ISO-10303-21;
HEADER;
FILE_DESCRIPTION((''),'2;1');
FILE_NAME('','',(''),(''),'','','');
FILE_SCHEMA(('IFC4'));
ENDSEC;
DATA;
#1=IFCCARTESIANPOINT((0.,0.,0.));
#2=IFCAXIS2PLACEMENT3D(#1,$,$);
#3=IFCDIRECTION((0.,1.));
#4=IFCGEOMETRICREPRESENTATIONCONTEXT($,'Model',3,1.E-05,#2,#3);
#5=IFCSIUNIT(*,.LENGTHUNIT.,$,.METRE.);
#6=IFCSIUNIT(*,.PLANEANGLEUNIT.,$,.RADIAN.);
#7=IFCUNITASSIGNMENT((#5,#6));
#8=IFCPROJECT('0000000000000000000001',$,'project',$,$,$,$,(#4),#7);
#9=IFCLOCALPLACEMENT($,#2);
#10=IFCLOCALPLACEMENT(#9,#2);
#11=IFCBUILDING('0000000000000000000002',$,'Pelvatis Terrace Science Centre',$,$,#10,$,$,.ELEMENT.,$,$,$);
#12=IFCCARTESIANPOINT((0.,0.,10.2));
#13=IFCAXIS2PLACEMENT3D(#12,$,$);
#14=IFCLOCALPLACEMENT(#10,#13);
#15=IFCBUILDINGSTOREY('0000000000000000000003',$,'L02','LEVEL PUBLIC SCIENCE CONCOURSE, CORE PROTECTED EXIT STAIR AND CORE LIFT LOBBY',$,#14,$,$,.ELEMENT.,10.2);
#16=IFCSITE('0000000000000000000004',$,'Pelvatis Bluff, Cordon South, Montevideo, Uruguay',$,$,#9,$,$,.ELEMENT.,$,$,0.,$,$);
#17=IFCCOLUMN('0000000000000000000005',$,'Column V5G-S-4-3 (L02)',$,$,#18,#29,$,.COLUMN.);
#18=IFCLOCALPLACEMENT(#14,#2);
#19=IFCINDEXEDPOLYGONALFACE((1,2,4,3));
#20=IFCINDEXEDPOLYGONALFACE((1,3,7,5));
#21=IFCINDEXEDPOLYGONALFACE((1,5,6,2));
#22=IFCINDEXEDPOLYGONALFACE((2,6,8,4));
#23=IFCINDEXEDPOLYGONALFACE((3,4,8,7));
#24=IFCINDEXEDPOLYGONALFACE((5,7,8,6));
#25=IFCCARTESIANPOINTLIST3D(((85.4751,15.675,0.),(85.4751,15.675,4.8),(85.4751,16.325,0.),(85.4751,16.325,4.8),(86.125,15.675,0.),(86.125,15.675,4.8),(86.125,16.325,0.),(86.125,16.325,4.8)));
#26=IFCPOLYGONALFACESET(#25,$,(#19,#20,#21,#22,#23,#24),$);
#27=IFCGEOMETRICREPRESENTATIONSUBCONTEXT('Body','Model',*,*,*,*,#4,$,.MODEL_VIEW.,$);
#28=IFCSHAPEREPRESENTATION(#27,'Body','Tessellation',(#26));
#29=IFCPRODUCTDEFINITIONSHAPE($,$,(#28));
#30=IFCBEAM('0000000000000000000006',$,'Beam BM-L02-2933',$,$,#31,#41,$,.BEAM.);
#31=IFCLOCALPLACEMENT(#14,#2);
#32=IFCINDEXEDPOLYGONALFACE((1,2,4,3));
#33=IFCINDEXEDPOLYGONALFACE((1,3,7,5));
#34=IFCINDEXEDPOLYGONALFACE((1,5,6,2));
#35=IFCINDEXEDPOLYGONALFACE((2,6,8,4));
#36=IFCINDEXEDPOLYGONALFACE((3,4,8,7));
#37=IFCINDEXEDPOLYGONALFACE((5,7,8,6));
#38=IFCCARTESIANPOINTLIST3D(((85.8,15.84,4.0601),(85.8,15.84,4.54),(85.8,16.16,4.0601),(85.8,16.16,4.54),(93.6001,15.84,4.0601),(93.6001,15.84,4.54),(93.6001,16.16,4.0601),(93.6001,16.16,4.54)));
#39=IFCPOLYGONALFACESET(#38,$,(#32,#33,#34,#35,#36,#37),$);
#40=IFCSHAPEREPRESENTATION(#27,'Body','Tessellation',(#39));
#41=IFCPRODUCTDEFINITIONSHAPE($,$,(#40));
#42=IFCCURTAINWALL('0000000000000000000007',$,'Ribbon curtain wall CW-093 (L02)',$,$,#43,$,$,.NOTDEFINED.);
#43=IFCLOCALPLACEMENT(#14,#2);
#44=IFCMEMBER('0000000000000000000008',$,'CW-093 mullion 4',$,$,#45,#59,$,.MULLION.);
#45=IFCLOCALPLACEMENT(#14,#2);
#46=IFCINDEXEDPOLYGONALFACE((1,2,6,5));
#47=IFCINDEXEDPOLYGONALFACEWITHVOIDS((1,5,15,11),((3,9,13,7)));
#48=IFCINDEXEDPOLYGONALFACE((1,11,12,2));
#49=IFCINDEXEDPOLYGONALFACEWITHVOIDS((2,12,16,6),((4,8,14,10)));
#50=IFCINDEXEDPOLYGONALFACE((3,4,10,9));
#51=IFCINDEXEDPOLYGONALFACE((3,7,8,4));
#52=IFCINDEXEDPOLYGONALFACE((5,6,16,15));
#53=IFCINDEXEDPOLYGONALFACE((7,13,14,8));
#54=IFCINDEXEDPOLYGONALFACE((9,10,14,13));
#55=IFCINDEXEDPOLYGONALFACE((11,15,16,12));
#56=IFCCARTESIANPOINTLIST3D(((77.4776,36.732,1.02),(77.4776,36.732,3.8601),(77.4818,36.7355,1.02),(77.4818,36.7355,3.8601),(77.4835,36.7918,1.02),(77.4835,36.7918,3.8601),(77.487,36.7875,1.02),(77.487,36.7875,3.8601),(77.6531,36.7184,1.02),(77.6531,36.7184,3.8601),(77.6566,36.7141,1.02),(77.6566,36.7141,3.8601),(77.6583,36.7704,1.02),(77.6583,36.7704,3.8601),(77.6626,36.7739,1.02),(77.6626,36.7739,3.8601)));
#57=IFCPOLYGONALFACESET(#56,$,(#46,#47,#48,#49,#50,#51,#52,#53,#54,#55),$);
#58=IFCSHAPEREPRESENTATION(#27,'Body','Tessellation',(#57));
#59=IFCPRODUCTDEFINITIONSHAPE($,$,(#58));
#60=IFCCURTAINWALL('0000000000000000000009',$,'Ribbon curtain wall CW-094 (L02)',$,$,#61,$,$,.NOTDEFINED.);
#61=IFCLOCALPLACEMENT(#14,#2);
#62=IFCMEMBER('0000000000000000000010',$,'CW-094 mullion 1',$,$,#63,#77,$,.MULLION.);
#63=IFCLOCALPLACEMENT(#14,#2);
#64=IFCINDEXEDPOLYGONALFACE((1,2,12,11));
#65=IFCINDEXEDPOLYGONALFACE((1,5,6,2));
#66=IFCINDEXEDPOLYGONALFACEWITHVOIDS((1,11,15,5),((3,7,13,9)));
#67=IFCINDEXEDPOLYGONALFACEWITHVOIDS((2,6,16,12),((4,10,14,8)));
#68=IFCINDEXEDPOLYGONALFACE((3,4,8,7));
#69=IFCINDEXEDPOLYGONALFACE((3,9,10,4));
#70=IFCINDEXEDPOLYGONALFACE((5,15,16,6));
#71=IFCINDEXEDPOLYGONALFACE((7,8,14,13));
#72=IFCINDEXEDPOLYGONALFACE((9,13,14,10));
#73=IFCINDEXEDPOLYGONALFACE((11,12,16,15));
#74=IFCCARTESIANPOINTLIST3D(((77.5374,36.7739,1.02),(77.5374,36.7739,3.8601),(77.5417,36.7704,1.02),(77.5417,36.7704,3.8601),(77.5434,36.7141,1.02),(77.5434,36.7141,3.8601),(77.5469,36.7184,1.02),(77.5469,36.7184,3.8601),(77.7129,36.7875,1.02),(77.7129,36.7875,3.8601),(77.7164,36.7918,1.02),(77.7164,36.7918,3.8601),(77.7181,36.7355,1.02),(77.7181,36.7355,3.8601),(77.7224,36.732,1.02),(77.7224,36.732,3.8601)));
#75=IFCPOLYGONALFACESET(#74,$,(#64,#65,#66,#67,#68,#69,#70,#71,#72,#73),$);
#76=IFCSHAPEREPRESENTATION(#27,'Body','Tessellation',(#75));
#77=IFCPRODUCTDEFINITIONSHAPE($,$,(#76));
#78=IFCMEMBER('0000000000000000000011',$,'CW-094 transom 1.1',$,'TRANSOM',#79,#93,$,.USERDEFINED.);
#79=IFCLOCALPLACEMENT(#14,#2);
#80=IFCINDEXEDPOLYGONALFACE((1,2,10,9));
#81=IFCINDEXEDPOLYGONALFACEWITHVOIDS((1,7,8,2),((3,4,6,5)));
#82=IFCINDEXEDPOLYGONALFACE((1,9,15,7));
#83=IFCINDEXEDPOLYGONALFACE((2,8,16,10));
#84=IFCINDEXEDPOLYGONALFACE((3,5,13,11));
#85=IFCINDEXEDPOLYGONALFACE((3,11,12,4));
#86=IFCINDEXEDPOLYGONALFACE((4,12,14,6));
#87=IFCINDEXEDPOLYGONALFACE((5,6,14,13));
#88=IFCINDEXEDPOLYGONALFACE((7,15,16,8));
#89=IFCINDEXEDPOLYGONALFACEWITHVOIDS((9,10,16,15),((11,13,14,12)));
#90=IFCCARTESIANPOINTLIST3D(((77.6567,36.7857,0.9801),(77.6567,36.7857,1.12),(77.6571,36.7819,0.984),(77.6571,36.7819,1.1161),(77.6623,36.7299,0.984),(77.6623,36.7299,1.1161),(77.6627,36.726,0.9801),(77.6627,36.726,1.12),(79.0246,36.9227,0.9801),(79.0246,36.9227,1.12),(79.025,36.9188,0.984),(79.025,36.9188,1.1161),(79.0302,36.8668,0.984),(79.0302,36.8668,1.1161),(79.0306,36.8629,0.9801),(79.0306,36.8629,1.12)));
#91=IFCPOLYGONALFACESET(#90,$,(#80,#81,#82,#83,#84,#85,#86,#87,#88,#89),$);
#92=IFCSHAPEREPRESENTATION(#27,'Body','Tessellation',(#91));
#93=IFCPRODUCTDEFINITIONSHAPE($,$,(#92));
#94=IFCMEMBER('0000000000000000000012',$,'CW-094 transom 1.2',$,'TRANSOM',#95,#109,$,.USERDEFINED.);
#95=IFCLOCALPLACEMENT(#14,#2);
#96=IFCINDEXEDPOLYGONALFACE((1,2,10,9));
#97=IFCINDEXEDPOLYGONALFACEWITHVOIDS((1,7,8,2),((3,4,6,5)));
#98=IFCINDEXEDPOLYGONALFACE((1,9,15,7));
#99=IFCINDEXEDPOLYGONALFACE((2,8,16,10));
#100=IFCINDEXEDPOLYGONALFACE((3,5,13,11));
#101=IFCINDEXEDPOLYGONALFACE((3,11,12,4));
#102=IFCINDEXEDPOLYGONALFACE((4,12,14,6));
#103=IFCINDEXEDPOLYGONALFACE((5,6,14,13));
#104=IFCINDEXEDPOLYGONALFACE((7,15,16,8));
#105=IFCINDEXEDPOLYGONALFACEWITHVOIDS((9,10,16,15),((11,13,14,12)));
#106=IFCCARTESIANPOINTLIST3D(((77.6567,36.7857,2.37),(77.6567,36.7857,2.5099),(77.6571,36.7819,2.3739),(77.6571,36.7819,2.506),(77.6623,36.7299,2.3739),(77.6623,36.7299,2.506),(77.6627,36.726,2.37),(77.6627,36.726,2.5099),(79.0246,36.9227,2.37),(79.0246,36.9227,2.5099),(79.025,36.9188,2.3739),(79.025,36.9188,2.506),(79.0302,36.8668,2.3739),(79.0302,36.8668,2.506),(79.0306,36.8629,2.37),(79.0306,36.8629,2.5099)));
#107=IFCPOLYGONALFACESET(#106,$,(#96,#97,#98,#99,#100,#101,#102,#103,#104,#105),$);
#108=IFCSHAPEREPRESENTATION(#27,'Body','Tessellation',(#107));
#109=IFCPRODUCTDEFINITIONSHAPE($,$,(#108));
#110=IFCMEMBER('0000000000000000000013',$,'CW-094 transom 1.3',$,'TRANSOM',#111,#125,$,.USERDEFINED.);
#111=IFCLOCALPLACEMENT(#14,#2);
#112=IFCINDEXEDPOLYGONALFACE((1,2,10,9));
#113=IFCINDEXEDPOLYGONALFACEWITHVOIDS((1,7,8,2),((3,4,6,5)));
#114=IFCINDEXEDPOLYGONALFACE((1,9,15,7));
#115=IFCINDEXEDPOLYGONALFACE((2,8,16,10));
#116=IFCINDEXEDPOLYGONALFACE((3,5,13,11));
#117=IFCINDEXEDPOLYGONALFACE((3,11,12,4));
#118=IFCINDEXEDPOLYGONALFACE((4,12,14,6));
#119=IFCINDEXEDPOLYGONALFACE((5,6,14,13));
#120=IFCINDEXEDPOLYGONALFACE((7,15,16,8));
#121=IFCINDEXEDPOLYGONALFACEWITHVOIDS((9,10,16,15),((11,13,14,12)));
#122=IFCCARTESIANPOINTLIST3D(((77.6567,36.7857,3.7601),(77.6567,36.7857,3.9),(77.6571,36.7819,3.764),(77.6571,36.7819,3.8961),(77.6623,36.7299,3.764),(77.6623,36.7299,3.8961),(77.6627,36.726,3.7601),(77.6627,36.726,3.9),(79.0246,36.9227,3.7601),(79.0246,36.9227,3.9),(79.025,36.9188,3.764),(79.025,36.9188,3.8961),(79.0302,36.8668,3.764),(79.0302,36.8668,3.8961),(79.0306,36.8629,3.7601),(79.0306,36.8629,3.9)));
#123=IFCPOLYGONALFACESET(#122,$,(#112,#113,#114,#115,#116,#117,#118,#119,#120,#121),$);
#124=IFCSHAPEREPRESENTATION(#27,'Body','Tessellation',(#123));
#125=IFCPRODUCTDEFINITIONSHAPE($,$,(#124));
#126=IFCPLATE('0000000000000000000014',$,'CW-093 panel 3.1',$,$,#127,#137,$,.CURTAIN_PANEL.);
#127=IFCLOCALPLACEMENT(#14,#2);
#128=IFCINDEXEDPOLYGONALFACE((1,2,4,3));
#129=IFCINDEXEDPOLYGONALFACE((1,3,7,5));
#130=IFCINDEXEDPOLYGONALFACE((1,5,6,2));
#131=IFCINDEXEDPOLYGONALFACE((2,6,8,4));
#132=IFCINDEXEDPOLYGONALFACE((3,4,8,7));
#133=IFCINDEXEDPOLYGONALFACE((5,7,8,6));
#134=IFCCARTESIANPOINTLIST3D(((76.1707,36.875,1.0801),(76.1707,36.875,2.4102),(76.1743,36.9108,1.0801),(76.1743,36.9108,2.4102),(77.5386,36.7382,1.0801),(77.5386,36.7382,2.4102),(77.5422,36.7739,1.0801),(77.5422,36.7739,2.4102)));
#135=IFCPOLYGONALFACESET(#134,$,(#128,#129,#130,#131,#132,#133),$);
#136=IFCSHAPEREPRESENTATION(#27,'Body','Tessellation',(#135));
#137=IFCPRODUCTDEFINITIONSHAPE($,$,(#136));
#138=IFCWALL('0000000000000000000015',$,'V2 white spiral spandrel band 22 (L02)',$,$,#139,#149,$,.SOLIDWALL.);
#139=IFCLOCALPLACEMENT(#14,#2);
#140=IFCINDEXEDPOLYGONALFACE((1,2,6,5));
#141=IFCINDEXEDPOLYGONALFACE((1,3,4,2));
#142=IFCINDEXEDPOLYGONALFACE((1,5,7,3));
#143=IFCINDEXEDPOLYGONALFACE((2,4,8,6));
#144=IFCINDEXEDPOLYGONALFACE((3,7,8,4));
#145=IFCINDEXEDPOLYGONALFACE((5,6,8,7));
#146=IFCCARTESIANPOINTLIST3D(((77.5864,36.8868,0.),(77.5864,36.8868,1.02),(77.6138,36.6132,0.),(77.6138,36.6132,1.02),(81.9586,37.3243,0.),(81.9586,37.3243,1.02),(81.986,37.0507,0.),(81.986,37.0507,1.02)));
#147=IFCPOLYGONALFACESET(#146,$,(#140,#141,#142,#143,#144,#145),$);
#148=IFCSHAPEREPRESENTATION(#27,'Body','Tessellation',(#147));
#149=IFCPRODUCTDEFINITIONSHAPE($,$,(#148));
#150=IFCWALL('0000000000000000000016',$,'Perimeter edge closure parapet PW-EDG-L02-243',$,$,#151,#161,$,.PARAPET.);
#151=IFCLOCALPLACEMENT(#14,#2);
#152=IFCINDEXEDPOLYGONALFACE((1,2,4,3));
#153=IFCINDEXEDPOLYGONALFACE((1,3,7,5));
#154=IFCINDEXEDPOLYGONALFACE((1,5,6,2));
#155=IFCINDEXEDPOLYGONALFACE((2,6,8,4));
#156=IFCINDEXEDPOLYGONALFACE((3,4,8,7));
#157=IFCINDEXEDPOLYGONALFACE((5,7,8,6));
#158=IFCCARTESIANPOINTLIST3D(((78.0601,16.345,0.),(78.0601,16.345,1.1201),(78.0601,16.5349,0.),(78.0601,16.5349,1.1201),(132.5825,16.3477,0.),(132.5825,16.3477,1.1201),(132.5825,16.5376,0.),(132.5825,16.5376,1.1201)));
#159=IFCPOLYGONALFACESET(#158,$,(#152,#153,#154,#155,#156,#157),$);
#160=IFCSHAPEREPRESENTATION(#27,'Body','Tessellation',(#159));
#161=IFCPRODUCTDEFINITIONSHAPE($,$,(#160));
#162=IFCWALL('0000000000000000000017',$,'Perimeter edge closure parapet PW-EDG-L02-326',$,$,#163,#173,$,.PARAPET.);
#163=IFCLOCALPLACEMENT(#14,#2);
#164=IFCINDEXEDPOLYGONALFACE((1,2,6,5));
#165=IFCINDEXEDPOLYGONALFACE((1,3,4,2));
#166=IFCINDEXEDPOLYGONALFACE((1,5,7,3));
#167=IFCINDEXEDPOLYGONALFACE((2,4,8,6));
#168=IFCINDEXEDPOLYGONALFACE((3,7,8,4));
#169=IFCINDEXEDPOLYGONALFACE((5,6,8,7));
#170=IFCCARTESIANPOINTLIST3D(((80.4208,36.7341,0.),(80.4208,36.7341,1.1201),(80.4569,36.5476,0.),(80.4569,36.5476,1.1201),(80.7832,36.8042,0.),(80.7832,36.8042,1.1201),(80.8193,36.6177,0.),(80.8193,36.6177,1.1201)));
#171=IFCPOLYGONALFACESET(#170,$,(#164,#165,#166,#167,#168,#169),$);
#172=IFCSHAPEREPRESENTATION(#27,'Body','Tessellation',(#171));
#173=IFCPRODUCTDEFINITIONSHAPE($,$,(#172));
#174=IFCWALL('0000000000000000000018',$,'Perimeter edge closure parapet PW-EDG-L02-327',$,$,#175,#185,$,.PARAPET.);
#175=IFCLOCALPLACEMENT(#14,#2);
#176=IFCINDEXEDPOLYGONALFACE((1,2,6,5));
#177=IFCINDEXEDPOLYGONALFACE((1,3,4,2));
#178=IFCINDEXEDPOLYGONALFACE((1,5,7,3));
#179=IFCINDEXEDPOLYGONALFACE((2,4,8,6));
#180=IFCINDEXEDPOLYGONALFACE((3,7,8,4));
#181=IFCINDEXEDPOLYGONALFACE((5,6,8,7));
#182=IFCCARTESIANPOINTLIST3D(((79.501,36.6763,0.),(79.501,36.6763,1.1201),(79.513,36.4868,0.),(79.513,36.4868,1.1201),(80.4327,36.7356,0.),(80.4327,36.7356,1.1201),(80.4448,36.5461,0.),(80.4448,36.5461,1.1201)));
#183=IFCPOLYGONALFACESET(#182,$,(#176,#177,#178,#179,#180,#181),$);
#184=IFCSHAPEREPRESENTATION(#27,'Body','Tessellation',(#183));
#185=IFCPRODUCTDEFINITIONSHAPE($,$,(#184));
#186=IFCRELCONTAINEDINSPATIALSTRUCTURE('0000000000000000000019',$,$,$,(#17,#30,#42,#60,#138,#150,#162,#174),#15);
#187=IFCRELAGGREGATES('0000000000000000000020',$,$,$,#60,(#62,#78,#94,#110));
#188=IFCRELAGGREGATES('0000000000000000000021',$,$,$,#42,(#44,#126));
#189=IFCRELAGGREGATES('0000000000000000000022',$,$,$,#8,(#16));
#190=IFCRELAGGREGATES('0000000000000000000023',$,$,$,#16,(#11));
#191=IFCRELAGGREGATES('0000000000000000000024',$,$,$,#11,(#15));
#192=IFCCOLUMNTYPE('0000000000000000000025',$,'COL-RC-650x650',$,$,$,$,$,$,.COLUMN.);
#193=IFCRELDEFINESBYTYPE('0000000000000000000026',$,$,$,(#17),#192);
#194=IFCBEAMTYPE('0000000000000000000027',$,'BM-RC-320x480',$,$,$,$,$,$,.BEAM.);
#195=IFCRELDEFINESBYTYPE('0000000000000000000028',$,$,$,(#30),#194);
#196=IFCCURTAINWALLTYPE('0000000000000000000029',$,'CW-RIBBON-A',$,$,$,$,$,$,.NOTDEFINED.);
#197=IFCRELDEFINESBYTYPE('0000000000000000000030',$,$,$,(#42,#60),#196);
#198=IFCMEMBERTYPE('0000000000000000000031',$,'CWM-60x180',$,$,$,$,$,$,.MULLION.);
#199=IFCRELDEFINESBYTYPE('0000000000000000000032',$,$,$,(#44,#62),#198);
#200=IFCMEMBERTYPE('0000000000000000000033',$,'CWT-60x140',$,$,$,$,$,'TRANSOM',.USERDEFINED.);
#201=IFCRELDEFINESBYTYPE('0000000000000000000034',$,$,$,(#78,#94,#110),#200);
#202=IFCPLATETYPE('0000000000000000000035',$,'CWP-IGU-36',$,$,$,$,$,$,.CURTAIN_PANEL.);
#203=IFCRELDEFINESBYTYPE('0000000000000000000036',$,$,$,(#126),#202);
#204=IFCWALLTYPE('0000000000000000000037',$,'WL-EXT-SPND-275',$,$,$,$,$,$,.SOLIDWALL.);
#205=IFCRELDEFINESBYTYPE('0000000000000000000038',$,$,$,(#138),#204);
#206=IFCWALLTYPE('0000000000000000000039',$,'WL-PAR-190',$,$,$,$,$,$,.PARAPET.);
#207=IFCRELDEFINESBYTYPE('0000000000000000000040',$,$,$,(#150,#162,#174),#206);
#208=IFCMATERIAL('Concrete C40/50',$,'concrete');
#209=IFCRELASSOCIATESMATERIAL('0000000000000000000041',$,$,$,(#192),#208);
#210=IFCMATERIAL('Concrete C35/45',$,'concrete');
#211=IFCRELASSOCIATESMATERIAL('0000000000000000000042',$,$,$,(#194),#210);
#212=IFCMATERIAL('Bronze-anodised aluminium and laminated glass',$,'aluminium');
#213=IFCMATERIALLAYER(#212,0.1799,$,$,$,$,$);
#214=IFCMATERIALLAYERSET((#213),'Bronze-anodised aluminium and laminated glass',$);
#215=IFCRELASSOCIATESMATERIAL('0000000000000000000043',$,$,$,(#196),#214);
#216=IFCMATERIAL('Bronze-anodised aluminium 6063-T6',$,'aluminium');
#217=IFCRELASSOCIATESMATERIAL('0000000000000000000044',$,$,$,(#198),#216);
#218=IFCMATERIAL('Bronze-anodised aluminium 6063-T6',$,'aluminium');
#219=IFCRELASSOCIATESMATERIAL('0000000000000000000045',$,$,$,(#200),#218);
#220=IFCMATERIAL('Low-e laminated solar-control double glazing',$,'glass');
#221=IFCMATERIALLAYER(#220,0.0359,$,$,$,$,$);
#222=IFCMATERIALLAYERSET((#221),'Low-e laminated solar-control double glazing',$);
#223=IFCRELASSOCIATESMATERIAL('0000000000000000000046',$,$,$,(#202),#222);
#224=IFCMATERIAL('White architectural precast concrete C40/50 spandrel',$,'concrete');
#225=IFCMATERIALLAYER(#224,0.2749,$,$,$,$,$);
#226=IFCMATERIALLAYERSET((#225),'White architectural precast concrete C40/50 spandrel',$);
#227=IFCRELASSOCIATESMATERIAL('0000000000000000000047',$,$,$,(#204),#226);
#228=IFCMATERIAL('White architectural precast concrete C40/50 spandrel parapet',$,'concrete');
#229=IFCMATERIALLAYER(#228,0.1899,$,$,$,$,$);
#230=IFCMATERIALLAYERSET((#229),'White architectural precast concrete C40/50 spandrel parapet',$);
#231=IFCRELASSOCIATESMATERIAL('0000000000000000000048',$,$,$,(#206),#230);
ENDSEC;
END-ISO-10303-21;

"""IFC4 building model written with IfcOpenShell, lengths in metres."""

from ifc_helpers import new_model, si_unit, direction, frame, frame_2d, origin, origin_2d, place, context, subcontext, project, spatial, rectangle, hollow_rectangle, extrude, material, layer, layer_set, material_profile, profile_set, type_object, element, aggregate, save


model = new_model("IFC4")

# Units and contexts
model_context = context("Model", 3, precision=1e-05, world=origin(), true_north=direction((0.0, 1.0)))
body_context = subcontext(model_context, "Body", "Model", "MODEL_VIEW")
ifc_project = project(units=[si_unit("LENGTHUNIT", "METRE"), si_unit("PLANEANGLEUNIT", "RADIAN")], contexts=[model_context])

# Site, building, storey
site_placement = place(None, origin())
site = spatial("IfcSite", under=ifc_project, at=site_placement, Name="Pelvatis Bluff, Cordon South, Montevideo, Uruguay", CompositionType="ELEMENT", RefElevation=0.0)
building_placement = place(site_placement, origin())
building = spatial("IfcBuilding", under=site, at=building_placement, Name="Pelvatis Terrace Science Centre", CompositionType="ELEMENT")
storey_placement = place(building_placement, frame((0.0, 0.0, 10.2)))
storey = spatial("IfcBuildingStorey", under=building, at=storey_placement, Name="L02", Description="LEVEL PUBLIC SCIENCE CONCOURSE, CORE PROTECTED EXIT STAIR AND CORE LIFT LOBBY", CompositionType="ELEMENT", Elevation=10.2)

# Column
ifc_material_1 = material(Name="Concrete C40/50", Category="concrete")
ifc_material_profile_1 = material_profile(ifc_material_1, rectangle(XDim=0.6499, YDim=0.6499, at=origin_2d()), Name="RC-COL 650x650")
ifc_profile_set_1 = profile_set([ifc_material_profile_1], Name="Concrete C40/50")
column_type = type_object("IfcColumnType", Name="COL-RC-650x650", PredefinedType="COLUMN", material=ifc_profile_set_1)
column_placement = place(storey_placement, frame((85.8, 16.0, 0.0), z_axis=(0.0, 0.0, 1.0), x_axis=(1.0, 0.0, 0.0)))
element("IfcColumn", 1, at=column_placement, inside=storey, type_object=column_type, Name="Column V5G-S-4-3 (L02)", PredefinedType="COLUMN", context=body_context, shape_type="SweptSolid", body=[
    extrude(rectangle(XDim=0.6499, YDim=0.6499, at=origin_2d()), origin(), (0.0, 0.0, 1.0), 4.8),
])

# Beam
ifc_material_2 = material(Name="Concrete C35/45", Category="concrete")
ifc_material_profile_2 = material_profile(ifc_material_2, rectangle(XDim=0.3201, YDim=0.48, at=origin_2d()), Name="RC-BM 320x480")
ifc_profile_set_2 = profile_set([ifc_material_profile_2], Name="Concrete C35/45")
beam_type = type_object("IfcBeamType", Name="BM-RC-320x480", PredefinedType="BEAM", material=ifc_profile_set_2)
beam_placement = place(storey_placement, frame((85.8, 16.0, 4.3), z_axis=(1.0, 0.0, 0.0), x_axis=(0.0, 1.0, 0.0)))
element("IfcBeam", 2, at=beam_placement, inside=storey, type_object=beam_type, Name="Beam BM-L02-2933", PredefinedType="BEAM", context=body_context, shape_type="SweptSolid", body=[
    extrude(rectangle(XDim=0.3201, YDim=0.48, at=origin_2d()), origin(), (0.0, 0.0, 1.0), 7.8),
])

# Curtain wall, member
ifc_material_3 = material(Name="Bronze-anodised aluminium and laminated glass", Category="aluminium")
ifc_layer_1 = layer(ifc_material_3, 0.1799)
ifc_layer_set_1 = layer_set([ifc_layer_1], Name="Bronze-anodised aluminium and laminated glass")
curtain_wall_type = type_object("IfcCurtainWallType", Name="CW-RIBBON-A", PredefinedType="NOTDEFINED", material=ifc_layer_set_1)
curtain_wall_1_placement = place(storey_placement, origin())
curtain_wall_1 = element("IfcCurtainWall", 3, at=curtain_wall_1_placement, inside=storey, type_object=curtain_wall_type, Name="Ribbon curtain wall CW-093 (L02)", PredefinedType="NOTDEFINED")
ifc_material_4 = material(Name="Bronze-anodised aluminium 6063-T6", Category="aluminium")
ifc_material_profile_3 = material_profile(ifc_material_4, hollow_rectangle(XDim=0.0601, YDim=0.1799, WallThickness=0.0039, at=origin_2d()), Name="ALU-MUL 60x180")
ifc_profile_set_3 = profile_set([ifc_material_profile_3], Name="Bronze-anodised aluminium 6063-T6")
member_type_1 = type_object("IfcMemberType", Name="CWM-60x180", PredefinedType="MULLION", material=ifc_profile_set_3)
member_1_placement = place(storey_placement, frame((77.5701, 36.7529, 1.02), z_axis=(0.0, 0.0, 1.0), x_axis=(0.09956, 0.995032, 0.0)))
member_1 = element("IfcMember", 4, at=member_1_placement, type_object=member_type_1, Name="CW-093 mullion 4", PredefinedType="MULLION", context=body_context, shape_type="SweptSolid", body=[
    extrude(hollow_rectangle(XDim=0.0601, YDim=0.1799, WallThickness=0.0039, at=origin_2d()), origin(), (0.0, 0.0, 1.0), 2.8401),
])

# Curtain wall, members
curtain_wall_2_placement = place(storey_placement, origin())
curtain_wall_2 = element("IfcCurtainWall", 5, at=curtain_wall_2_placement, inside=storey, type_object=curtain_wall_type, Name="Ribbon curtain wall CW-094 (L02)", PredefinedType="NOTDEFINED")
member_2_placement = place(storey_placement, frame((77.6299, 36.7529, 1.02), z_axis=(0.0, 0.0, 1.0), x_axis=(-0.09956, 0.995032, 0.0)))
member_2 = element("IfcMember", 6, at=member_2_placement, type_object=member_type_1, Name="CW-094 mullion 1", PredefinedType="MULLION", context=body_context, shape_type="SweptSolid", body=[
    extrude(hollow_rectangle(XDim=0.0601, YDim=0.1799, WallThickness=0.0039, at=origin_2d()), origin(), (0.0, 0.0, 1.0), 2.8401),
])
ifc_material_5 = material(Name="Bronze-anodised aluminium 6063-T6", Category="aluminium")
ifc_material_profile_4 = material_profile(ifc_material_5, hollow_rectangle(XDim=0.0601, YDim=0.1399, WallThickness=0.0039, at=origin_2d()), Name="ALU-TRN 60x140")
ifc_profile_set_4 = profile_set([ifc_material_profile_4], Name="Bronze-anodised aluminium 6063-T6")
member_type_2 = type_object("IfcMemberType", Name="CWT-60x140", ElementType="TRANSOM", PredefinedType="USERDEFINED", material=ifc_profile_set_4)
member_3_placement = place(storey_placement, frame((77.6597, 36.7559, 1.05), z_axis=(0.995025, 0.099627, 0.0), x_axis=(-0.099627, 0.995025, 0.0)))
member_3 = element("IfcMember", 7, at=member_3_placement, type_object=member_type_2, Name="CW-094 transom 1.1", ObjectType="TRANSOM", PredefinedType="USERDEFINED", context=body_context, shape_type="SweptSolid", body=[
    extrude(hollow_rectangle(XDim=0.0601, YDim=0.1399, WallThickness=0.0039, at=origin_2d()), origin(), (0.0, 0.0, 1.0), 1.3748),
])
member_4_placement = place(storey_placement, frame((77.6597, 36.7559, 2.4399), z_axis=(0.995025, 0.099627, 0.0), x_axis=(-0.099627, 0.995025, 0.0)))
member_4 = element("IfcMember", 8, at=member_4_placement, type_object=member_type_2, Name="CW-094 transom 1.2", ObjectType="TRANSOM", PredefinedType="USERDEFINED", context=body_context, shape_type="SweptSolid", body=[
    extrude(hollow_rectangle(XDim=0.0601, YDim=0.1399, WallThickness=0.0039, at=origin_2d()), origin(), (0.0, 0.0, 1.0), 1.3748),
])
member_5_placement = place(storey_placement, frame((77.6597, 36.7559, 3.8301), z_axis=(0.995025, 0.099627, 0.0), x_axis=(-0.099627, 0.995025, 0.0)))
member_5 = element("IfcMember", 9, at=member_5_placement, type_object=member_type_2, Name="CW-094 transom 1.3", ObjectType="TRANSOM", PredefinedType="USERDEFINED", context=body_context, shape_type="SweptSolid", body=[
    extrude(hollow_rectangle(XDim=0.0601, YDim=0.1399, WallThickness=0.0039, at=origin_2d()), origin(), (0.0, 0.0, 1.0), 1.3748),
])
aggregate(curtain_wall_2, [member_2, member_3, member_4, member_5])

# Plate
ifc_material_6 = material(Name="Low-e laminated solar-control double glazing", Category="glass")
ifc_layer_2 = layer(ifc_material_6, 0.0359)
ifc_layer_set_2 = layer_set([ifc_layer_2], Name="Low-e laminated solar-control double glazing")
plate_type = type_object("IfcPlateType", Name="CWP-IGU-36", PredefinedType="CURTAIN_PANEL", material=ifc_layer_set_2)
plate_placement = place(storey_placement, frame((76.8564, 36.8245, 1.0801), z_axis=(0.0, 0.0, 1.0), x_axis=(0.995032, -0.09956, 0.0)))
plate = element("IfcPlate", 10, at=plate_placement, type_object=plate_type, Name="CW-093 panel 3.1", PredefinedType="CURTAIN_PANEL", context=body_context, shape_type="SweptSolid", body=[
    extrude(rectangle(XDim=1.3748, YDim=0.0359, at=origin_2d()), origin(), (0.0, 0.0, 1.0), 1.3301),
])
aggregate(curtain_wall_1, [member_1, plate])

# Walls
ifc_material_7 = material(Name="White architectural precast concrete C40/50 spandrel", Category="concrete")
ifc_layer_3 = layer(ifc_material_7, 0.2749)
ifc_layer_set_3 = layer_set([ifc_layer_3], Name="White architectural precast concrete C40/50 spandrel")
wall_type_1 = type_object("IfcWallType", Name="WL-EXT-SPND-275", PredefinedType="SOLIDWALL", material=ifc_layer_set_3)
wall_1_placement = place(storey_placement, frame((77.6001, 36.75, 0.0), z_axis=(0.0, 0.0, 1.0), x_axis=(0.995031, 0.099564, 0.0)))
element("IfcWall", 11, at=wall_1_placement, inside=storey, type_object=wall_type_1, Name="V2 white spiral spandrel band 22 (L02)", PredefinedType="SOLIDWALL", context=body_context, shape_type="SweptSolid", body=[
    extrude(rectangle(XDim=4.394, YDim=0.2749, at=frame_2d((2.197, 0.0))), origin(), (0.0, 0.0, 1.0), 1.02),
])
ifc_material_8 = material(Name="White architectural precast concrete C40/50 spandrel parapet", Category="concrete")
ifc_layer_4 = layer(ifc_material_8, 0.1899)
ifc_layer_set_4 = layer_set([ifc_layer_4], Name="White architectural precast concrete C40/50 spandrel parapet")
wall_type_2 = type_object("IfcWallType", Name="WL-PAR-190", PredefinedType="PARAPET", material=ifc_layer_set_4)
wall_2_placement = place(storey_placement, frame((78.0601, 16.4399, 0.0), z_axis=(0.0, 0.0, 1.0), x_axis=(1.0, 0.000049, 0.0)))
element("IfcWall", 12, at=wall_2_placement, inside=storey, type_object=wall_type_2, Name="Perimeter edge closure parapet PW-EDG-L02-243", PredefinedType="PARAPET", context=body_context, shape_type="SweptSolid", body=[
    extrude(rectangle(XDim=54.5225, YDim=0.1899, at=frame_2d((27.2612, 0.0))), origin(), (0.0, 0.0, 1.0), 1.1201),
])
wall_3_placement = place(storey_placement, frame((80.8013, 36.7109, 0.0), z_axis=(0.0, 0.0, 1.0), x_axis=(-0.981832, -0.189755, 0.0)))
element("IfcWall", 13, at=wall_3_placement, inside=storey, type_object=wall_type_2, Name="Perimeter edge closure parapet PW-EDG-L02-326", PredefinedType="PARAPET", context=body_context, shape_type="SweptSolid", body=[
    extrude(rectangle(XDim=0.3691, YDim=0.1899, at=frame_2d((0.1846, 0.0))), origin(), (0.0, 0.0, 1.0), 1.1201),
])
wall_4_placement = place(storey_placement, frame((80.4387, 36.6409, 0.0), z_axis=(0.0, 0.0, 1.0), x_axis=(-0.997979, -0.063551, 0.0)))
element("IfcWall", 14, at=wall_4_placement, inside=storey, type_object=wall_type_2, Name="Perimeter edge closure parapet PW-EDG-L02-327", PredefinedType="PARAPET", context=body_context, shape_type="SweptSolid", body=[
    extrude(rectangle(XDim=0.9336, YDim=0.1899, at=frame_2d((0.4668, 0.0))), origin(), (0.0, 0.0, 1.0), 1.1201),
])

save(model, "model.ifc")
